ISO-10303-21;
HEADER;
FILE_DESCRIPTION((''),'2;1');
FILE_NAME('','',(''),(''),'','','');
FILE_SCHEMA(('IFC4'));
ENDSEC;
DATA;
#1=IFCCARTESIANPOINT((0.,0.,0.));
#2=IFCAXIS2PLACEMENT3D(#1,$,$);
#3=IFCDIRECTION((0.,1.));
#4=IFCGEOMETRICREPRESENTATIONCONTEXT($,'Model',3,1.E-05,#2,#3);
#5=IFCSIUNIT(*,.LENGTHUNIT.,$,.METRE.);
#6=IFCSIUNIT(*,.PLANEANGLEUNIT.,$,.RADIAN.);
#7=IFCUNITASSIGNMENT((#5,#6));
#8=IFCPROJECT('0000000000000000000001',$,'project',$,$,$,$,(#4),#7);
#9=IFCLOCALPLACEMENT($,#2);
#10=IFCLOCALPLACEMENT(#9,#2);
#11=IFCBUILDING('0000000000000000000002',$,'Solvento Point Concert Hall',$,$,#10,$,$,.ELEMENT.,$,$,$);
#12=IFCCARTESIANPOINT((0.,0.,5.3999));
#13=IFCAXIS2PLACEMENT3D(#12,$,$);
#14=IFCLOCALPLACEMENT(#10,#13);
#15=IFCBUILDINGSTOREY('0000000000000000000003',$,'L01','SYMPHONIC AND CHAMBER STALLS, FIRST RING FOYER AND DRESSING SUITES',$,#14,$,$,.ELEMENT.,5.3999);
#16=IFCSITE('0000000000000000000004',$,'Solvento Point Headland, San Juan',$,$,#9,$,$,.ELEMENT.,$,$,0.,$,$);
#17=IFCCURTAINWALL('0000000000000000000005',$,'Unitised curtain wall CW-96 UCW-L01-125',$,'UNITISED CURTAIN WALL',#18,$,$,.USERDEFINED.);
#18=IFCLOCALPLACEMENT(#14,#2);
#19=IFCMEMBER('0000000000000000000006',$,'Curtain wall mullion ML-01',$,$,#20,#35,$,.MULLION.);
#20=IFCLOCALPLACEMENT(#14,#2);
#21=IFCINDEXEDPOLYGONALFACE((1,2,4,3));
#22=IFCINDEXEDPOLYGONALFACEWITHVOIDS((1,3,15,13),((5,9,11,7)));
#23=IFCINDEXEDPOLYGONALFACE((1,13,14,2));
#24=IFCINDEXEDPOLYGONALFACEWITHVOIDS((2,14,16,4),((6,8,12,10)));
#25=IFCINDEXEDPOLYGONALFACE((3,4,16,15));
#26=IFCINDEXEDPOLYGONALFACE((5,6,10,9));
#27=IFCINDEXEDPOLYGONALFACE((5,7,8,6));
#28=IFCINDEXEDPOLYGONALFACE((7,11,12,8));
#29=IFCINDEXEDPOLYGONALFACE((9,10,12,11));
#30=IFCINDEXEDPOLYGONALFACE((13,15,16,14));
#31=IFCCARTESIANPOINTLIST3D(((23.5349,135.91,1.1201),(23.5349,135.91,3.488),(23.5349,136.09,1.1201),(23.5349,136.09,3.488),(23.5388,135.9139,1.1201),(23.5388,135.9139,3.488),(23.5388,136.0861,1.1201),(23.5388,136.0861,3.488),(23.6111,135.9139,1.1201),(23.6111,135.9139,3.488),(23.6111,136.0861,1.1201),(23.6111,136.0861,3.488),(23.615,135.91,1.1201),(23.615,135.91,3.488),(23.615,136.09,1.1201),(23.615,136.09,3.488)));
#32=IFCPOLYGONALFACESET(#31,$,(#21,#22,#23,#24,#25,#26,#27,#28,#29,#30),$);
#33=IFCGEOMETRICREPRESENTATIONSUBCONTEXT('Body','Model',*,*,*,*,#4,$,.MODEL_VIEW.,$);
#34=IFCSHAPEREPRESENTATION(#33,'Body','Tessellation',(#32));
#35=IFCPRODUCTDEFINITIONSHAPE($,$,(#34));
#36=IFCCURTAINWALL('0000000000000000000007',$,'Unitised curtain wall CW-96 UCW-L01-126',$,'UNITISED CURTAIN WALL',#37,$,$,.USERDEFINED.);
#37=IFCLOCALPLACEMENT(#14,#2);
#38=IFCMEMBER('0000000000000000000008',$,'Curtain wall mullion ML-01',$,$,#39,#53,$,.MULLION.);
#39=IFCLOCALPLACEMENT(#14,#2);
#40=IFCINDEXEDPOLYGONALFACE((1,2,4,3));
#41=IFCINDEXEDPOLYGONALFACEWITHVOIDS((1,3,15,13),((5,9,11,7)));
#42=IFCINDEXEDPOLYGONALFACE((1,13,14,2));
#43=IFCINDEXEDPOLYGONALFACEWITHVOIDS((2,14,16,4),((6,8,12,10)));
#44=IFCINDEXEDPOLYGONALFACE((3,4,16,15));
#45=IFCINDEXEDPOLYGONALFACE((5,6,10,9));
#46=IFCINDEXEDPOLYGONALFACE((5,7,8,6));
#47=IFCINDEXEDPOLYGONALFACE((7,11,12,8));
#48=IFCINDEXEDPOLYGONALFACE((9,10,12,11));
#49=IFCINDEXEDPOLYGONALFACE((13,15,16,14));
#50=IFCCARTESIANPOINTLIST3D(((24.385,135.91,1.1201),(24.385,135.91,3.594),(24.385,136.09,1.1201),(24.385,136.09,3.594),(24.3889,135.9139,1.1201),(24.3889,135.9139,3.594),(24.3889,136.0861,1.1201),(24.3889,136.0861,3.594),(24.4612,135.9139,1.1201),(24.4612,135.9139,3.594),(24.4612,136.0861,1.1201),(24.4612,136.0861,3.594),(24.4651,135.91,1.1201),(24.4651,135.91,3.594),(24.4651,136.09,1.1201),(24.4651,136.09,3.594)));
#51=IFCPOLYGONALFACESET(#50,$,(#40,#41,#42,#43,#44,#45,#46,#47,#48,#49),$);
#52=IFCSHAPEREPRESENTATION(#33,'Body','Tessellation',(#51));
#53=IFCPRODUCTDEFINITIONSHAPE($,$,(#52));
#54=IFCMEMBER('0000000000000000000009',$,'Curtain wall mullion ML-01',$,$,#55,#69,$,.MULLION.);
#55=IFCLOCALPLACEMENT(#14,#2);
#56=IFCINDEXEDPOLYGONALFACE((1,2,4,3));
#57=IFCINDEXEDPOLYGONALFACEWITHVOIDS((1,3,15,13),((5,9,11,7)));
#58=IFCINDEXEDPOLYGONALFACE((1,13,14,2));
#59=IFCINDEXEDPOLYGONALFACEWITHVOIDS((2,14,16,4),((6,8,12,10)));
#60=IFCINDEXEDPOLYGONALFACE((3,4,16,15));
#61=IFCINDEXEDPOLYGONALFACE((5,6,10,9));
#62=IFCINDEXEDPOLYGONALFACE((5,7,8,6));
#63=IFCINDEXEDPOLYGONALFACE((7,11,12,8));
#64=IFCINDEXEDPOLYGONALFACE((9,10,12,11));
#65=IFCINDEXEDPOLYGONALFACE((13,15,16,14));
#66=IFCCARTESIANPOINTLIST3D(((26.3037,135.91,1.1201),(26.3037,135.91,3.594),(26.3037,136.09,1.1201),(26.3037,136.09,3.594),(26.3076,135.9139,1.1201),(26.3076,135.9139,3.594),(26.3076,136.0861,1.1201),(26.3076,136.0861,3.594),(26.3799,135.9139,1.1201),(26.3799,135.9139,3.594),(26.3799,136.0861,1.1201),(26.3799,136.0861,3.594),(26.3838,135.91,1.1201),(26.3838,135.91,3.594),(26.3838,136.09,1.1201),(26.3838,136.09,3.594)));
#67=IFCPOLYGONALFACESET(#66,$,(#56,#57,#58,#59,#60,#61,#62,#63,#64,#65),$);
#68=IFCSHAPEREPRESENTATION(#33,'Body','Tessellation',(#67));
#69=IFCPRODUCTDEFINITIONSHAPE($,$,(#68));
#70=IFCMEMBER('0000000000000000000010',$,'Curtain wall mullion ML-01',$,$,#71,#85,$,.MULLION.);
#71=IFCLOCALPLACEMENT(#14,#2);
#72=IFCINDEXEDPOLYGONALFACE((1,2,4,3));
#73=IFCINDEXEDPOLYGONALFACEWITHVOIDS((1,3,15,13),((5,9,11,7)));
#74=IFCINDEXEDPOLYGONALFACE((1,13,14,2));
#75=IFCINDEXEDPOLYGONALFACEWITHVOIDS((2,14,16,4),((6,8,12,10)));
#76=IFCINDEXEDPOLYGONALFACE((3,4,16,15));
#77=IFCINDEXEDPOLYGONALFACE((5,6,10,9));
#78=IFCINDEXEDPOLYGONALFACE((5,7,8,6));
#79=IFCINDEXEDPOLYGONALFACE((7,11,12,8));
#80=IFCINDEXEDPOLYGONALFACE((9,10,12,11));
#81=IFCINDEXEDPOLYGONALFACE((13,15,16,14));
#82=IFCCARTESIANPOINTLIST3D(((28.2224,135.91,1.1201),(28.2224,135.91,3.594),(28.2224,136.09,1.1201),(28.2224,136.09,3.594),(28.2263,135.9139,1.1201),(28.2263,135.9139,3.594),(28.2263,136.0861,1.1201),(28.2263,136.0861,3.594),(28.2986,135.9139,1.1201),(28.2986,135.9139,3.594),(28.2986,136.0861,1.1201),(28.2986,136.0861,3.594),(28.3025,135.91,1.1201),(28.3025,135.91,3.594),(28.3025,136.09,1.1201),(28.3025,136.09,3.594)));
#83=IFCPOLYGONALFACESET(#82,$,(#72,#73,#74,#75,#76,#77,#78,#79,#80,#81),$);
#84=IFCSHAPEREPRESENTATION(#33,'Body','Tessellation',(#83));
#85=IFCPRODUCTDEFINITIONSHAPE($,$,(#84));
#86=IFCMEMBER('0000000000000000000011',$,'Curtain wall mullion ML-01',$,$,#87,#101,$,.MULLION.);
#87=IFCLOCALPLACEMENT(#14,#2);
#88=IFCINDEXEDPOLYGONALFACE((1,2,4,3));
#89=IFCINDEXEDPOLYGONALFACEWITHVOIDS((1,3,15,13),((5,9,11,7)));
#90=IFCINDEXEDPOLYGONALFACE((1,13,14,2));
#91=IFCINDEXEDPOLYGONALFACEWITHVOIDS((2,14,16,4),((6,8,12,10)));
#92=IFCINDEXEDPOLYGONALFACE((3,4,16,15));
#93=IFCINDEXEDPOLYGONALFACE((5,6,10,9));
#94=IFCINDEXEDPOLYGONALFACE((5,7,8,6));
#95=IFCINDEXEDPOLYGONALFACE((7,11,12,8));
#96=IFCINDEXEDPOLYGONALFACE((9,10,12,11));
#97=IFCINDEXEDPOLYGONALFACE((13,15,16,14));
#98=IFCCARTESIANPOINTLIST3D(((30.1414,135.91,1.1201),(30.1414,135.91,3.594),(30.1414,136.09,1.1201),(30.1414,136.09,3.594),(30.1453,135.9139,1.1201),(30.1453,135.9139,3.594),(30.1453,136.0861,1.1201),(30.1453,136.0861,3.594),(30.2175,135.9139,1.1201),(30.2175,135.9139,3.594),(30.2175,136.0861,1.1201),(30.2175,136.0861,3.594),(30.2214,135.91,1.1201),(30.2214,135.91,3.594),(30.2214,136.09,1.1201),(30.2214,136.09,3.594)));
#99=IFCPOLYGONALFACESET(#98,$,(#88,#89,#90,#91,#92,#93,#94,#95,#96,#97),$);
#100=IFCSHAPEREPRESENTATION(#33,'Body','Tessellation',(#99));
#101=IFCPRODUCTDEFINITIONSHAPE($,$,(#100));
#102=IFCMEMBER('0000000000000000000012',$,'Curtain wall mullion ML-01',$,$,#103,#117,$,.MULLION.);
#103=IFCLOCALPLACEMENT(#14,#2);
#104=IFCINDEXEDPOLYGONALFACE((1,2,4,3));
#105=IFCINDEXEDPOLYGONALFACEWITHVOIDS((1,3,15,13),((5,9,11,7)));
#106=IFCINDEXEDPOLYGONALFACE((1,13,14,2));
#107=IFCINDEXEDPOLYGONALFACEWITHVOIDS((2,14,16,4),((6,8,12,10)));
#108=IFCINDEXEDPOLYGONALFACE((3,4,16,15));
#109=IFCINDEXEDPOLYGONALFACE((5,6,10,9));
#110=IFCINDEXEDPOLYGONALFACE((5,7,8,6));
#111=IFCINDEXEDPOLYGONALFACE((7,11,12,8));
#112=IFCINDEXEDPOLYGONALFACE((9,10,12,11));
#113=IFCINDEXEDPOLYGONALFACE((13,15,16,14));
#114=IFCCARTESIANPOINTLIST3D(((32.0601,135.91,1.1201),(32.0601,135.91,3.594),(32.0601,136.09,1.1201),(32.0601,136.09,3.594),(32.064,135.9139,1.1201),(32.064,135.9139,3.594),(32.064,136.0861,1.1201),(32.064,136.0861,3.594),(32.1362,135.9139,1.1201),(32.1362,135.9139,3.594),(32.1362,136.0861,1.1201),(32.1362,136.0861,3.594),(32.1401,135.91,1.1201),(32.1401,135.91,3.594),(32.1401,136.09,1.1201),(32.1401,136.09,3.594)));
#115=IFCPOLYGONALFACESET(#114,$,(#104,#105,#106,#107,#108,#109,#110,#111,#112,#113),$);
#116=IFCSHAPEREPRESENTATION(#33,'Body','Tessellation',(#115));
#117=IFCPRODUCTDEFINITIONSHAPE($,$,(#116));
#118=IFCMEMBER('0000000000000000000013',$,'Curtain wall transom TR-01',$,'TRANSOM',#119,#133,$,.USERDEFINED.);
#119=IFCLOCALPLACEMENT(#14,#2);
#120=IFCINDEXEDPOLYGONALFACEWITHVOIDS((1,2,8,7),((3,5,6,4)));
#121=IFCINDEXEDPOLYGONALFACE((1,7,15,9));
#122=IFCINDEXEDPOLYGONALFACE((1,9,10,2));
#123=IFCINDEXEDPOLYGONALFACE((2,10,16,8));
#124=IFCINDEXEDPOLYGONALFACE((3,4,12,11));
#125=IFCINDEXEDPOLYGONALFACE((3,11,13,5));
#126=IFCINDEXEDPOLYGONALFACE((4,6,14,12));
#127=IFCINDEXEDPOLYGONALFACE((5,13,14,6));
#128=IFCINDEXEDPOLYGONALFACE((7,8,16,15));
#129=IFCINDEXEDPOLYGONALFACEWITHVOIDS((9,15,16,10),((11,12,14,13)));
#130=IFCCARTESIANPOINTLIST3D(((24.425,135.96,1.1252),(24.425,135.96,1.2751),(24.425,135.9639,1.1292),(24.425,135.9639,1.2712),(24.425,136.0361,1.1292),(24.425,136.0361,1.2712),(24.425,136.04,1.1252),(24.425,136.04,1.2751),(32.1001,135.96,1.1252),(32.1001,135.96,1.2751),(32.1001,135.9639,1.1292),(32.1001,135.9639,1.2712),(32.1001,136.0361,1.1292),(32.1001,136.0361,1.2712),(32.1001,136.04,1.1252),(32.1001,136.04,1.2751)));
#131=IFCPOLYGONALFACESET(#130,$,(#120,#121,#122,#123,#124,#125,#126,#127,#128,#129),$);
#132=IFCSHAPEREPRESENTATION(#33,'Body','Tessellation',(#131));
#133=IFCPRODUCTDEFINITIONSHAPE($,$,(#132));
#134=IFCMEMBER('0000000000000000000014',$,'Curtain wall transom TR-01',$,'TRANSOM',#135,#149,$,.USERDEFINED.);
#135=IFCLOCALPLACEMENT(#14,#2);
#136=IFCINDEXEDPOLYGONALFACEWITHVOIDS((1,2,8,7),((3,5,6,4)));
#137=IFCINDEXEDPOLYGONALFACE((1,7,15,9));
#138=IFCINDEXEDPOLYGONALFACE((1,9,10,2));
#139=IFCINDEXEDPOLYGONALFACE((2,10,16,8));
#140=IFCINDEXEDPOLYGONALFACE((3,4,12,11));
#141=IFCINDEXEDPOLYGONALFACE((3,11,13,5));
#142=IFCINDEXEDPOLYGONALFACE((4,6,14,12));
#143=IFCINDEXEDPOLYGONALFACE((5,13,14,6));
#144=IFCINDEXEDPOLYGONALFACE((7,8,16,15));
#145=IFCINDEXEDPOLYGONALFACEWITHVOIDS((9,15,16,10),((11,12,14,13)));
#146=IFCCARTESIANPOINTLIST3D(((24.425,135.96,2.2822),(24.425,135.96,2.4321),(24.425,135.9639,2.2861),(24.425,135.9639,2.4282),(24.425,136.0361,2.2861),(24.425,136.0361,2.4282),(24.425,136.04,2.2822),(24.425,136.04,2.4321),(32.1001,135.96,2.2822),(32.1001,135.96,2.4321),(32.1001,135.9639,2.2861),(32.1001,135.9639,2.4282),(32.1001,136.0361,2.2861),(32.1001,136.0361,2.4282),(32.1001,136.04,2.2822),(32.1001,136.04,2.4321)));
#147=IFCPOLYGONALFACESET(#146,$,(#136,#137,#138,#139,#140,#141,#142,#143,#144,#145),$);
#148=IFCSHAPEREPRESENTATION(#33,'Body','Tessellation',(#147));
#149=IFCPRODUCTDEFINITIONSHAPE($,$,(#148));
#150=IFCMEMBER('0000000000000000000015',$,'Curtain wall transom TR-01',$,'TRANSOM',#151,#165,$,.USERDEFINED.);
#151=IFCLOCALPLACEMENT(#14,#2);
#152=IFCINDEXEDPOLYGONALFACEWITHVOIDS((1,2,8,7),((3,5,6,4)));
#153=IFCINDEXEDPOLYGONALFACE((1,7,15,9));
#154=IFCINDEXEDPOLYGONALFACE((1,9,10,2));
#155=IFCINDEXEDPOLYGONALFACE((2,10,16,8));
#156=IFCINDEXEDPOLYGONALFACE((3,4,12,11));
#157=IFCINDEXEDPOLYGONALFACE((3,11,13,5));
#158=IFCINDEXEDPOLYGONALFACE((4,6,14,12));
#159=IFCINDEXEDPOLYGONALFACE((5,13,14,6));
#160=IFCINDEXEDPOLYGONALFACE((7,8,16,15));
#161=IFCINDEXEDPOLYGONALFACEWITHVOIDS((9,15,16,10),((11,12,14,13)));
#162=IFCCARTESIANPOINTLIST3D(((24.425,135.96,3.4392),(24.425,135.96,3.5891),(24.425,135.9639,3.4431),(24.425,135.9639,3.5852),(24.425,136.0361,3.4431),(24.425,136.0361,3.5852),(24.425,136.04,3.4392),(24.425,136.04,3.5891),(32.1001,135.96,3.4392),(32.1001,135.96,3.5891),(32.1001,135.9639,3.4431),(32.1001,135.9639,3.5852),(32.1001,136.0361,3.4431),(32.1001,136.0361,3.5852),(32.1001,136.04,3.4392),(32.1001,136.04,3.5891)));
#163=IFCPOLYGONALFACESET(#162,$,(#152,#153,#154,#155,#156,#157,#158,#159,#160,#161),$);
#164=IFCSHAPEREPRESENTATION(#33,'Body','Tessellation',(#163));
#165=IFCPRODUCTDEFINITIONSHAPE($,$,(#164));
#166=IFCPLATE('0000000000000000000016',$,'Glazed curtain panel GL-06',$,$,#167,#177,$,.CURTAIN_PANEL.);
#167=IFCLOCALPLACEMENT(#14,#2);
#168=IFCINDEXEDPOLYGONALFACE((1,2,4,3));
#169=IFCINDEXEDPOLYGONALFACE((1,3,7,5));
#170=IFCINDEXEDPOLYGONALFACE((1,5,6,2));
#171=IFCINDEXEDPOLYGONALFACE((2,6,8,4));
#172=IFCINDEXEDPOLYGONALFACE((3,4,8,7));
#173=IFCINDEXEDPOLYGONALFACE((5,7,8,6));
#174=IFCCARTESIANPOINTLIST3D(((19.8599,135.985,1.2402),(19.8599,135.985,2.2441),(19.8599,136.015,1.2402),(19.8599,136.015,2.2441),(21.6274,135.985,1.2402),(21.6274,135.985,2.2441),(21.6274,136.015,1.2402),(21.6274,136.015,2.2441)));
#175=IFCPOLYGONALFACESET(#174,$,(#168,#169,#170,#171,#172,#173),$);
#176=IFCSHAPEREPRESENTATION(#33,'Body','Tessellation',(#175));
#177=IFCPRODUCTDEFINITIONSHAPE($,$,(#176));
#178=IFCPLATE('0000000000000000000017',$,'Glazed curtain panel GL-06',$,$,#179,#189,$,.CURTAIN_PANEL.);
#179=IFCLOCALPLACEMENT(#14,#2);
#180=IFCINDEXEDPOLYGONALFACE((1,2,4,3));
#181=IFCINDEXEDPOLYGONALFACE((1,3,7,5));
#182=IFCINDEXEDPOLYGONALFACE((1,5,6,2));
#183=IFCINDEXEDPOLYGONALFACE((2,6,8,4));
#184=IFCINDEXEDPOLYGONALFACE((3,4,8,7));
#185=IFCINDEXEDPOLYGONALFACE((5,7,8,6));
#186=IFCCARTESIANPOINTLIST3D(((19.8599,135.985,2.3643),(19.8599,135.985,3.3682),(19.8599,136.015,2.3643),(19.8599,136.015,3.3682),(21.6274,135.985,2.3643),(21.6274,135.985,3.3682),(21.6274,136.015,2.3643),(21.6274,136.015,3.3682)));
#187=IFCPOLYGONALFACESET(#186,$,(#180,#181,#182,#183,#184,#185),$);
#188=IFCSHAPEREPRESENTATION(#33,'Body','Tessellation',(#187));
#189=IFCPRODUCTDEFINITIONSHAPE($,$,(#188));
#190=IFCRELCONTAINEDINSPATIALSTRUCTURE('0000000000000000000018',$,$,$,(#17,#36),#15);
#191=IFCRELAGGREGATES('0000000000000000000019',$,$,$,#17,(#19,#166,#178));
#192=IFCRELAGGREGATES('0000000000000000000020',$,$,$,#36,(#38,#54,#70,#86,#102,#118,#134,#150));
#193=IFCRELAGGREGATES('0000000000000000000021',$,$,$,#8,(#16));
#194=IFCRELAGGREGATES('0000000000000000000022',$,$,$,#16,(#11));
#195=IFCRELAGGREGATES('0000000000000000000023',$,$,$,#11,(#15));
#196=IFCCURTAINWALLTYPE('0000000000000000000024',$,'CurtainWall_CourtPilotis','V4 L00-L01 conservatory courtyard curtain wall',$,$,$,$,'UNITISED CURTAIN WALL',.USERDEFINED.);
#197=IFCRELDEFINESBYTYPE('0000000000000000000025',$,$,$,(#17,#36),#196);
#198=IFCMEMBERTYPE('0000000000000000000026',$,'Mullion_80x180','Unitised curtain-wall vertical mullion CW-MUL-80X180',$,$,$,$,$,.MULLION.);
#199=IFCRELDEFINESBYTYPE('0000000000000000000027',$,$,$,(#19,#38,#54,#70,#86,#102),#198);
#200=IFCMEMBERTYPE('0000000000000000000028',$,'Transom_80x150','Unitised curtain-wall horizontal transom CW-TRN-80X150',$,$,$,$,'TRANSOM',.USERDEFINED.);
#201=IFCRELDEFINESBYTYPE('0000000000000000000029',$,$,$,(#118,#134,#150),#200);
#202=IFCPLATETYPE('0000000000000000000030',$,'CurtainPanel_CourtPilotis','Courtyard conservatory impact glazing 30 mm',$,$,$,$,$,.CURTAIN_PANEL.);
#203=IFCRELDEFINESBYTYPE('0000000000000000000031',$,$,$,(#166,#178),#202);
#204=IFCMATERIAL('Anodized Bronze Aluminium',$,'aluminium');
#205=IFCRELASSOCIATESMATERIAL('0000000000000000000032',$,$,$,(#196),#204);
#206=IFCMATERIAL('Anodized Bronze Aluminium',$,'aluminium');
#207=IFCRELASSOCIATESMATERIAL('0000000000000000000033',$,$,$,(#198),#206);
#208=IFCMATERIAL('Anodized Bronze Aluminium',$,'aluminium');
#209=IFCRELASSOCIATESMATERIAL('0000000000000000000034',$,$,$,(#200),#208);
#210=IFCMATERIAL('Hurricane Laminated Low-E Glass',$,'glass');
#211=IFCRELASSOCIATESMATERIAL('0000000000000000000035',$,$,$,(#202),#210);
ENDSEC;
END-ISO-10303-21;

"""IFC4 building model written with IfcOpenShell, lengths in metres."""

from ifc_helpers import new_model, si_unit, direction, frame, origin, origin_2d, place, context, subcontext, project, spatial, rectangle, hollow_rectangle, extrude, material, material_profile, profile_set, type_object, element, aggregate, save


model = new_model("IFC4")

# Units and contexts
model_context = context("Model", 3, precision=1e-05, world=origin(), true_north=direction((0.0, 1.0)))
body_context = subcontext(model_context, "Body", "Model", "MODEL_VIEW")
ifc_project = project(units=[si_unit("LENGTHUNIT", "METRE"), si_unit("PLANEANGLEUNIT", "RADIAN")], contexts=[model_context])

# Site, building, storey
site_placement = place(None, origin())
site = spatial("IfcSite", under=ifc_project, at=site_placement, Name="Solvento Point Headland, San Juan", CompositionType="ELEMENT", RefElevation=0.0)
building_placement = place(site_placement, origin())
building = spatial("IfcBuilding", under=site, at=building_placement, Name="Solvento Point Concert Hall", CompositionType="ELEMENT")
storey_placement = place(building_placement, frame((0.0, 0.0, 5.3999)))
storey = spatial("IfcBuildingStorey", under=building, at=storey_placement, Name="L01", Description="SYMPHONIC AND CHAMBER STALLS, FIRST RING FOYER AND DRESSING SUITES", CompositionType="ELEMENT", Elevation=5.3999)

# Curtain walls, members
ifc_material_1 = material(Name="Anodized Bronze Aluminium", Category="aluminium")
curtain_wall_type = type_object("IfcCurtainWallType", Name="CurtainWall_CourtPilotis", Description="V4 L00-L01 conservatory courtyard curtain wall", ElementType="UNITISED CURTAIN WALL", PredefinedType="USERDEFINED", material=ifc_material_1)
curtain_wall_1_placement = place(storey_placement, origin())
curtain_wall_1 = element("IfcCurtainWall", 1, at=curtain_wall_1_placement, inside=storey, type_object=curtain_wall_type, Name="Unitised curtain wall CW-96 UCW-L01-125", ObjectType="UNITISED CURTAIN WALL", PredefinedType="USERDEFINED")
ifc_material_2 = material(Name="Anodized Bronze Aluminium", Category="aluminium")
ifc_material_profile_1 = material_profile(ifc_material_2, hollow_rectangle(XDim=0.0801, YDim=0.1799, WallThickness=0.0039, at=origin_2d()), Name="CW-MUL-80X180")
ifc_profile_set_1 = profile_set([ifc_material_profile_1], Name="Anodized Bronze Aluminium")
member_type_1 = type_object("IfcMemberType", Name="Mullion_80x180", Description="Unitised curtain-wall vertical mullion CW-MUL-80X180", PredefinedType="MULLION", material=ifc_profile_set_1)
member_1_placement = place(storey_placement, frame((23.575, 136.0, 1.1201), z_axis=(0.0, 0.0, 1.0), x_axis=(1.0, 0.0, 0.0)))
member_1 = element("IfcMember", 2, at=member_1_placement, type_object=member_type_1, Name="Curtain wall mullion ML-01", PredefinedType="MULLION", context=body_context, shape_type="SweptSolid", body=[
    extrude(hollow_rectangle(XDim=0.0801, YDim=0.1799, WallThickness=0.0039, at=origin_2d()), origin(), (0.0, 0.0, 1.0), 2.3679),
])
curtain_wall_2_placement = place(storey_placement, origin())
curtain_wall_2 = element("IfcCurtainWall", 3, at=curtain_wall_2_placement, inside=storey, type_object=curtain_wall_type, Name="Unitised curtain wall CW-96 UCW-L01-126", ObjectType="UNITISED CURTAIN WALL", PredefinedType="USERDEFINED")
member_2_placement = place(storey_placement, frame((24.425, 136.0, 1.1201), z_axis=(0.0, 0.0, 1.0), x_axis=(1.0, 0.0, 0.0)))
member_2 = element("IfcMember", 4, at=member_2_placement, type_object=member_type_1, Name="Curtain wall mullion ML-01", PredefinedType="MULLION", context=body_context, shape_type="SweptSolid", body=[
    extrude(hollow_rectangle(XDim=0.0801, YDim=0.1799, WallThickness=0.0039, at=origin_2d()), origin(), (0.0, 0.0, 1.0), 2.4739),
])
member_3_placement = place(storey_placement, frame((26.3438, 136.0, 1.1201), z_axis=(0.0, 0.0, 1.0), x_axis=(1.0, 0.0, 0.0)))
member_3 = element("IfcMember", 5, at=member_3_placement, type_object=member_type_1, Name="Curtain wall mullion ML-01", PredefinedType="MULLION", context=body_context, shape_type="SweptSolid", body=[
    extrude(hollow_rectangle(XDim=0.0801, YDim=0.1799, WallThickness=0.0039, at=origin_2d()), origin(), (0.0, 0.0, 1.0), 2.4739),
])
member_4_placement = place(storey_placement, frame((28.2625, 136.0, 1.1201), z_axis=(0.0, 0.0, 1.0), x_axis=(1.0, 0.0, 0.0)))
member_4 = element("IfcMember", 6, at=member_4_placement, type_object=member_type_1, Name="Curtain wall mullion ML-01", PredefinedType="MULLION", context=body_context, shape_type="SweptSolid", body=[
    extrude(hollow_rectangle(XDim=0.0801, YDim=0.1799, WallThickness=0.0039, at=origin_2d()), origin(), (0.0, 0.0, 1.0), 2.4739),
])
member_5_placement = place(storey_placement, frame((30.1814, 136.0, 1.1201), z_axis=(0.0, 0.0, 1.0), x_axis=(1.0, 0.0, 0.0)))
member_5 = element("IfcMember", 7, at=member_5_placement, type_object=member_type_1, Name="Curtain wall mullion ML-01", PredefinedType="MULLION", context=body_context, shape_type="SweptSolid", body=[
    extrude(hollow_rectangle(XDim=0.0801, YDim=0.1799, WallThickness=0.0039, at=origin_2d()), origin(), (0.0, 0.0, 1.0), 2.4739),
])
member_6_placement = place(storey_placement, frame((32.1001, 136.0, 1.1201), z_axis=(0.0, 0.0, 1.0), x_axis=(1.0, 0.0, 0.0)))
member_6 = element("IfcMember", 8, at=member_6_placement, type_object=member_type_1, Name="Curtain wall mullion ML-01", PredefinedType="MULLION", context=body_context, shape_type="SweptSolid", body=[
    extrude(hollow_rectangle(XDim=0.0801, YDim=0.1799, WallThickness=0.0039, at=origin_2d()), origin(), (0.0, 0.0, 1.0), 2.4739),
])
ifc_material_3 = material(Name="Anodized Bronze Aluminium", Category="aluminium")
ifc_material_profile_2 = material_profile(ifc_material_3, hollow_rectangle(XDim=0.0801, YDim=0.1499, WallThickness=0.0039, at=origin_2d()), Name="CW-TRN-80X150")
ifc_profile_set_2 = profile_set([ifc_material_profile_2], Name="Anodized Bronze Aluminium")
member_type_2 = type_object("IfcMemberType", Name="Transom_80x150", Description="Unitised curtain-wall horizontal transom CW-TRN-80X150", ElementType="TRANSOM", PredefinedType="USERDEFINED", material=ifc_profile_set_2)
member_7_placement = place(storey_placement, frame((24.425, 136.0, 1.2002), z_axis=(1.0, 0.0, 0.0), x_axis=(0.0, 1.0, 0.0)))
member_7 = element("IfcMember", 9, at=member_7_placement, type_object=member_type_2, Name="Curtain wall transom TR-01", ObjectType="TRANSOM", PredefinedType="USERDEFINED", context=body_context, shape_type="SweptSolid", body=[
    extrude(hollow_rectangle(XDim=0.0801, YDim=0.1499, WallThickness=0.0039, at=origin_2d()), origin(), (0.0, 0.0, 1.0), 7.675),
])
member_8_placement = place(storey_placement, frame((24.425, 136.0, 2.3572), z_axis=(1.0, 0.0, 0.0), x_axis=(0.0, 1.0, 0.0)))
member_8 = element("IfcMember", 10, at=member_8_placement, type_object=member_type_2, Name="Curtain wall transom TR-01", ObjectType="TRANSOM", PredefinedType="USERDEFINED", context=body_context, shape_type="SweptSolid", body=[
    extrude(hollow_rectangle(XDim=0.0801, YDim=0.1499, WallThickness=0.0039, at=origin_2d()), origin(), (0.0, 0.0, 1.0), 7.675),
])
member_9_placement = place(storey_placement, frame((24.425, 136.0, 3.5142), z_axis=(1.0, 0.0, 0.0), x_axis=(0.0, 1.0, 0.0)))
member_9 = element("IfcMember", 11, at=member_9_placement, type_object=member_type_2, Name="Curtain wall transom TR-01", ObjectType="TRANSOM", PredefinedType="USERDEFINED", context=body_context, shape_type="SweptSolid", body=[
    extrude(hollow_rectangle(XDim=0.0801, YDim=0.1499, WallThickness=0.0039, at=origin_2d()), origin(), (0.0, 0.0, 1.0), 7.675),
])

# Plates
ifc_material_4 = material(Name="Hurricane Laminated Low-E Glass", Category="glass")
plate_type = type_object("IfcPlateType", Name="CurtainPanel_CourtPilotis", Description="Courtyard conservatory impact glazing 30 mm", PredefinedType="CURTAIN_PANEL", material=ifc_material_4)
plate_1_placement = place(storey_placement, frame((20.7437, 136.0, 1.2402), z_axis=(0.0, 0.0, 1.0), x_axis=(1.0, 0.0, 0.0)))
plate_1 = element("IfcPlate", 12, at=plate_1_placement, type_object=plate_type, Name="Glazed curtain panel GL-06", PredefinedType="CURTAIN_PANEL", context=body_context, shape_type="SweptSolid", body=[
    extrude(rectangle(XDim=1.7676, YDim=0.03, at=origin_2d()), origin(), (0.0, 0.0, 1.0), 1.0039),
])
plate_2_placement = place(storey_placement, frame((20.7437, 136.0, 2.3643), z_axis=(0.0, 0.0, 1.0), x_axis=(1.0, 0.0, 0.0)))
plate_2 = element("IfcPlate", 13, at=plate_2_placement, type_object=plate_type, Name="Glazed curtain panel GL-06", PredefinedType="CURTAIN_PANEL", context=body_context, shape_type="SweptSolid", body=[
    extrude(rectangle(XDim=1.7676, YDim=0.03, at=origin_2d()), origin(), (0.0, 0.0, 1.0), 1.0039),
])
aggregate(curtain_wall_1, [member_1, plate_1, plate_2])
aggregate(curtain_wall_2, [member_2, member_3, member_4, member_5, member_6, member_7, member_8, member_9])

save(model, "model.ifc")
